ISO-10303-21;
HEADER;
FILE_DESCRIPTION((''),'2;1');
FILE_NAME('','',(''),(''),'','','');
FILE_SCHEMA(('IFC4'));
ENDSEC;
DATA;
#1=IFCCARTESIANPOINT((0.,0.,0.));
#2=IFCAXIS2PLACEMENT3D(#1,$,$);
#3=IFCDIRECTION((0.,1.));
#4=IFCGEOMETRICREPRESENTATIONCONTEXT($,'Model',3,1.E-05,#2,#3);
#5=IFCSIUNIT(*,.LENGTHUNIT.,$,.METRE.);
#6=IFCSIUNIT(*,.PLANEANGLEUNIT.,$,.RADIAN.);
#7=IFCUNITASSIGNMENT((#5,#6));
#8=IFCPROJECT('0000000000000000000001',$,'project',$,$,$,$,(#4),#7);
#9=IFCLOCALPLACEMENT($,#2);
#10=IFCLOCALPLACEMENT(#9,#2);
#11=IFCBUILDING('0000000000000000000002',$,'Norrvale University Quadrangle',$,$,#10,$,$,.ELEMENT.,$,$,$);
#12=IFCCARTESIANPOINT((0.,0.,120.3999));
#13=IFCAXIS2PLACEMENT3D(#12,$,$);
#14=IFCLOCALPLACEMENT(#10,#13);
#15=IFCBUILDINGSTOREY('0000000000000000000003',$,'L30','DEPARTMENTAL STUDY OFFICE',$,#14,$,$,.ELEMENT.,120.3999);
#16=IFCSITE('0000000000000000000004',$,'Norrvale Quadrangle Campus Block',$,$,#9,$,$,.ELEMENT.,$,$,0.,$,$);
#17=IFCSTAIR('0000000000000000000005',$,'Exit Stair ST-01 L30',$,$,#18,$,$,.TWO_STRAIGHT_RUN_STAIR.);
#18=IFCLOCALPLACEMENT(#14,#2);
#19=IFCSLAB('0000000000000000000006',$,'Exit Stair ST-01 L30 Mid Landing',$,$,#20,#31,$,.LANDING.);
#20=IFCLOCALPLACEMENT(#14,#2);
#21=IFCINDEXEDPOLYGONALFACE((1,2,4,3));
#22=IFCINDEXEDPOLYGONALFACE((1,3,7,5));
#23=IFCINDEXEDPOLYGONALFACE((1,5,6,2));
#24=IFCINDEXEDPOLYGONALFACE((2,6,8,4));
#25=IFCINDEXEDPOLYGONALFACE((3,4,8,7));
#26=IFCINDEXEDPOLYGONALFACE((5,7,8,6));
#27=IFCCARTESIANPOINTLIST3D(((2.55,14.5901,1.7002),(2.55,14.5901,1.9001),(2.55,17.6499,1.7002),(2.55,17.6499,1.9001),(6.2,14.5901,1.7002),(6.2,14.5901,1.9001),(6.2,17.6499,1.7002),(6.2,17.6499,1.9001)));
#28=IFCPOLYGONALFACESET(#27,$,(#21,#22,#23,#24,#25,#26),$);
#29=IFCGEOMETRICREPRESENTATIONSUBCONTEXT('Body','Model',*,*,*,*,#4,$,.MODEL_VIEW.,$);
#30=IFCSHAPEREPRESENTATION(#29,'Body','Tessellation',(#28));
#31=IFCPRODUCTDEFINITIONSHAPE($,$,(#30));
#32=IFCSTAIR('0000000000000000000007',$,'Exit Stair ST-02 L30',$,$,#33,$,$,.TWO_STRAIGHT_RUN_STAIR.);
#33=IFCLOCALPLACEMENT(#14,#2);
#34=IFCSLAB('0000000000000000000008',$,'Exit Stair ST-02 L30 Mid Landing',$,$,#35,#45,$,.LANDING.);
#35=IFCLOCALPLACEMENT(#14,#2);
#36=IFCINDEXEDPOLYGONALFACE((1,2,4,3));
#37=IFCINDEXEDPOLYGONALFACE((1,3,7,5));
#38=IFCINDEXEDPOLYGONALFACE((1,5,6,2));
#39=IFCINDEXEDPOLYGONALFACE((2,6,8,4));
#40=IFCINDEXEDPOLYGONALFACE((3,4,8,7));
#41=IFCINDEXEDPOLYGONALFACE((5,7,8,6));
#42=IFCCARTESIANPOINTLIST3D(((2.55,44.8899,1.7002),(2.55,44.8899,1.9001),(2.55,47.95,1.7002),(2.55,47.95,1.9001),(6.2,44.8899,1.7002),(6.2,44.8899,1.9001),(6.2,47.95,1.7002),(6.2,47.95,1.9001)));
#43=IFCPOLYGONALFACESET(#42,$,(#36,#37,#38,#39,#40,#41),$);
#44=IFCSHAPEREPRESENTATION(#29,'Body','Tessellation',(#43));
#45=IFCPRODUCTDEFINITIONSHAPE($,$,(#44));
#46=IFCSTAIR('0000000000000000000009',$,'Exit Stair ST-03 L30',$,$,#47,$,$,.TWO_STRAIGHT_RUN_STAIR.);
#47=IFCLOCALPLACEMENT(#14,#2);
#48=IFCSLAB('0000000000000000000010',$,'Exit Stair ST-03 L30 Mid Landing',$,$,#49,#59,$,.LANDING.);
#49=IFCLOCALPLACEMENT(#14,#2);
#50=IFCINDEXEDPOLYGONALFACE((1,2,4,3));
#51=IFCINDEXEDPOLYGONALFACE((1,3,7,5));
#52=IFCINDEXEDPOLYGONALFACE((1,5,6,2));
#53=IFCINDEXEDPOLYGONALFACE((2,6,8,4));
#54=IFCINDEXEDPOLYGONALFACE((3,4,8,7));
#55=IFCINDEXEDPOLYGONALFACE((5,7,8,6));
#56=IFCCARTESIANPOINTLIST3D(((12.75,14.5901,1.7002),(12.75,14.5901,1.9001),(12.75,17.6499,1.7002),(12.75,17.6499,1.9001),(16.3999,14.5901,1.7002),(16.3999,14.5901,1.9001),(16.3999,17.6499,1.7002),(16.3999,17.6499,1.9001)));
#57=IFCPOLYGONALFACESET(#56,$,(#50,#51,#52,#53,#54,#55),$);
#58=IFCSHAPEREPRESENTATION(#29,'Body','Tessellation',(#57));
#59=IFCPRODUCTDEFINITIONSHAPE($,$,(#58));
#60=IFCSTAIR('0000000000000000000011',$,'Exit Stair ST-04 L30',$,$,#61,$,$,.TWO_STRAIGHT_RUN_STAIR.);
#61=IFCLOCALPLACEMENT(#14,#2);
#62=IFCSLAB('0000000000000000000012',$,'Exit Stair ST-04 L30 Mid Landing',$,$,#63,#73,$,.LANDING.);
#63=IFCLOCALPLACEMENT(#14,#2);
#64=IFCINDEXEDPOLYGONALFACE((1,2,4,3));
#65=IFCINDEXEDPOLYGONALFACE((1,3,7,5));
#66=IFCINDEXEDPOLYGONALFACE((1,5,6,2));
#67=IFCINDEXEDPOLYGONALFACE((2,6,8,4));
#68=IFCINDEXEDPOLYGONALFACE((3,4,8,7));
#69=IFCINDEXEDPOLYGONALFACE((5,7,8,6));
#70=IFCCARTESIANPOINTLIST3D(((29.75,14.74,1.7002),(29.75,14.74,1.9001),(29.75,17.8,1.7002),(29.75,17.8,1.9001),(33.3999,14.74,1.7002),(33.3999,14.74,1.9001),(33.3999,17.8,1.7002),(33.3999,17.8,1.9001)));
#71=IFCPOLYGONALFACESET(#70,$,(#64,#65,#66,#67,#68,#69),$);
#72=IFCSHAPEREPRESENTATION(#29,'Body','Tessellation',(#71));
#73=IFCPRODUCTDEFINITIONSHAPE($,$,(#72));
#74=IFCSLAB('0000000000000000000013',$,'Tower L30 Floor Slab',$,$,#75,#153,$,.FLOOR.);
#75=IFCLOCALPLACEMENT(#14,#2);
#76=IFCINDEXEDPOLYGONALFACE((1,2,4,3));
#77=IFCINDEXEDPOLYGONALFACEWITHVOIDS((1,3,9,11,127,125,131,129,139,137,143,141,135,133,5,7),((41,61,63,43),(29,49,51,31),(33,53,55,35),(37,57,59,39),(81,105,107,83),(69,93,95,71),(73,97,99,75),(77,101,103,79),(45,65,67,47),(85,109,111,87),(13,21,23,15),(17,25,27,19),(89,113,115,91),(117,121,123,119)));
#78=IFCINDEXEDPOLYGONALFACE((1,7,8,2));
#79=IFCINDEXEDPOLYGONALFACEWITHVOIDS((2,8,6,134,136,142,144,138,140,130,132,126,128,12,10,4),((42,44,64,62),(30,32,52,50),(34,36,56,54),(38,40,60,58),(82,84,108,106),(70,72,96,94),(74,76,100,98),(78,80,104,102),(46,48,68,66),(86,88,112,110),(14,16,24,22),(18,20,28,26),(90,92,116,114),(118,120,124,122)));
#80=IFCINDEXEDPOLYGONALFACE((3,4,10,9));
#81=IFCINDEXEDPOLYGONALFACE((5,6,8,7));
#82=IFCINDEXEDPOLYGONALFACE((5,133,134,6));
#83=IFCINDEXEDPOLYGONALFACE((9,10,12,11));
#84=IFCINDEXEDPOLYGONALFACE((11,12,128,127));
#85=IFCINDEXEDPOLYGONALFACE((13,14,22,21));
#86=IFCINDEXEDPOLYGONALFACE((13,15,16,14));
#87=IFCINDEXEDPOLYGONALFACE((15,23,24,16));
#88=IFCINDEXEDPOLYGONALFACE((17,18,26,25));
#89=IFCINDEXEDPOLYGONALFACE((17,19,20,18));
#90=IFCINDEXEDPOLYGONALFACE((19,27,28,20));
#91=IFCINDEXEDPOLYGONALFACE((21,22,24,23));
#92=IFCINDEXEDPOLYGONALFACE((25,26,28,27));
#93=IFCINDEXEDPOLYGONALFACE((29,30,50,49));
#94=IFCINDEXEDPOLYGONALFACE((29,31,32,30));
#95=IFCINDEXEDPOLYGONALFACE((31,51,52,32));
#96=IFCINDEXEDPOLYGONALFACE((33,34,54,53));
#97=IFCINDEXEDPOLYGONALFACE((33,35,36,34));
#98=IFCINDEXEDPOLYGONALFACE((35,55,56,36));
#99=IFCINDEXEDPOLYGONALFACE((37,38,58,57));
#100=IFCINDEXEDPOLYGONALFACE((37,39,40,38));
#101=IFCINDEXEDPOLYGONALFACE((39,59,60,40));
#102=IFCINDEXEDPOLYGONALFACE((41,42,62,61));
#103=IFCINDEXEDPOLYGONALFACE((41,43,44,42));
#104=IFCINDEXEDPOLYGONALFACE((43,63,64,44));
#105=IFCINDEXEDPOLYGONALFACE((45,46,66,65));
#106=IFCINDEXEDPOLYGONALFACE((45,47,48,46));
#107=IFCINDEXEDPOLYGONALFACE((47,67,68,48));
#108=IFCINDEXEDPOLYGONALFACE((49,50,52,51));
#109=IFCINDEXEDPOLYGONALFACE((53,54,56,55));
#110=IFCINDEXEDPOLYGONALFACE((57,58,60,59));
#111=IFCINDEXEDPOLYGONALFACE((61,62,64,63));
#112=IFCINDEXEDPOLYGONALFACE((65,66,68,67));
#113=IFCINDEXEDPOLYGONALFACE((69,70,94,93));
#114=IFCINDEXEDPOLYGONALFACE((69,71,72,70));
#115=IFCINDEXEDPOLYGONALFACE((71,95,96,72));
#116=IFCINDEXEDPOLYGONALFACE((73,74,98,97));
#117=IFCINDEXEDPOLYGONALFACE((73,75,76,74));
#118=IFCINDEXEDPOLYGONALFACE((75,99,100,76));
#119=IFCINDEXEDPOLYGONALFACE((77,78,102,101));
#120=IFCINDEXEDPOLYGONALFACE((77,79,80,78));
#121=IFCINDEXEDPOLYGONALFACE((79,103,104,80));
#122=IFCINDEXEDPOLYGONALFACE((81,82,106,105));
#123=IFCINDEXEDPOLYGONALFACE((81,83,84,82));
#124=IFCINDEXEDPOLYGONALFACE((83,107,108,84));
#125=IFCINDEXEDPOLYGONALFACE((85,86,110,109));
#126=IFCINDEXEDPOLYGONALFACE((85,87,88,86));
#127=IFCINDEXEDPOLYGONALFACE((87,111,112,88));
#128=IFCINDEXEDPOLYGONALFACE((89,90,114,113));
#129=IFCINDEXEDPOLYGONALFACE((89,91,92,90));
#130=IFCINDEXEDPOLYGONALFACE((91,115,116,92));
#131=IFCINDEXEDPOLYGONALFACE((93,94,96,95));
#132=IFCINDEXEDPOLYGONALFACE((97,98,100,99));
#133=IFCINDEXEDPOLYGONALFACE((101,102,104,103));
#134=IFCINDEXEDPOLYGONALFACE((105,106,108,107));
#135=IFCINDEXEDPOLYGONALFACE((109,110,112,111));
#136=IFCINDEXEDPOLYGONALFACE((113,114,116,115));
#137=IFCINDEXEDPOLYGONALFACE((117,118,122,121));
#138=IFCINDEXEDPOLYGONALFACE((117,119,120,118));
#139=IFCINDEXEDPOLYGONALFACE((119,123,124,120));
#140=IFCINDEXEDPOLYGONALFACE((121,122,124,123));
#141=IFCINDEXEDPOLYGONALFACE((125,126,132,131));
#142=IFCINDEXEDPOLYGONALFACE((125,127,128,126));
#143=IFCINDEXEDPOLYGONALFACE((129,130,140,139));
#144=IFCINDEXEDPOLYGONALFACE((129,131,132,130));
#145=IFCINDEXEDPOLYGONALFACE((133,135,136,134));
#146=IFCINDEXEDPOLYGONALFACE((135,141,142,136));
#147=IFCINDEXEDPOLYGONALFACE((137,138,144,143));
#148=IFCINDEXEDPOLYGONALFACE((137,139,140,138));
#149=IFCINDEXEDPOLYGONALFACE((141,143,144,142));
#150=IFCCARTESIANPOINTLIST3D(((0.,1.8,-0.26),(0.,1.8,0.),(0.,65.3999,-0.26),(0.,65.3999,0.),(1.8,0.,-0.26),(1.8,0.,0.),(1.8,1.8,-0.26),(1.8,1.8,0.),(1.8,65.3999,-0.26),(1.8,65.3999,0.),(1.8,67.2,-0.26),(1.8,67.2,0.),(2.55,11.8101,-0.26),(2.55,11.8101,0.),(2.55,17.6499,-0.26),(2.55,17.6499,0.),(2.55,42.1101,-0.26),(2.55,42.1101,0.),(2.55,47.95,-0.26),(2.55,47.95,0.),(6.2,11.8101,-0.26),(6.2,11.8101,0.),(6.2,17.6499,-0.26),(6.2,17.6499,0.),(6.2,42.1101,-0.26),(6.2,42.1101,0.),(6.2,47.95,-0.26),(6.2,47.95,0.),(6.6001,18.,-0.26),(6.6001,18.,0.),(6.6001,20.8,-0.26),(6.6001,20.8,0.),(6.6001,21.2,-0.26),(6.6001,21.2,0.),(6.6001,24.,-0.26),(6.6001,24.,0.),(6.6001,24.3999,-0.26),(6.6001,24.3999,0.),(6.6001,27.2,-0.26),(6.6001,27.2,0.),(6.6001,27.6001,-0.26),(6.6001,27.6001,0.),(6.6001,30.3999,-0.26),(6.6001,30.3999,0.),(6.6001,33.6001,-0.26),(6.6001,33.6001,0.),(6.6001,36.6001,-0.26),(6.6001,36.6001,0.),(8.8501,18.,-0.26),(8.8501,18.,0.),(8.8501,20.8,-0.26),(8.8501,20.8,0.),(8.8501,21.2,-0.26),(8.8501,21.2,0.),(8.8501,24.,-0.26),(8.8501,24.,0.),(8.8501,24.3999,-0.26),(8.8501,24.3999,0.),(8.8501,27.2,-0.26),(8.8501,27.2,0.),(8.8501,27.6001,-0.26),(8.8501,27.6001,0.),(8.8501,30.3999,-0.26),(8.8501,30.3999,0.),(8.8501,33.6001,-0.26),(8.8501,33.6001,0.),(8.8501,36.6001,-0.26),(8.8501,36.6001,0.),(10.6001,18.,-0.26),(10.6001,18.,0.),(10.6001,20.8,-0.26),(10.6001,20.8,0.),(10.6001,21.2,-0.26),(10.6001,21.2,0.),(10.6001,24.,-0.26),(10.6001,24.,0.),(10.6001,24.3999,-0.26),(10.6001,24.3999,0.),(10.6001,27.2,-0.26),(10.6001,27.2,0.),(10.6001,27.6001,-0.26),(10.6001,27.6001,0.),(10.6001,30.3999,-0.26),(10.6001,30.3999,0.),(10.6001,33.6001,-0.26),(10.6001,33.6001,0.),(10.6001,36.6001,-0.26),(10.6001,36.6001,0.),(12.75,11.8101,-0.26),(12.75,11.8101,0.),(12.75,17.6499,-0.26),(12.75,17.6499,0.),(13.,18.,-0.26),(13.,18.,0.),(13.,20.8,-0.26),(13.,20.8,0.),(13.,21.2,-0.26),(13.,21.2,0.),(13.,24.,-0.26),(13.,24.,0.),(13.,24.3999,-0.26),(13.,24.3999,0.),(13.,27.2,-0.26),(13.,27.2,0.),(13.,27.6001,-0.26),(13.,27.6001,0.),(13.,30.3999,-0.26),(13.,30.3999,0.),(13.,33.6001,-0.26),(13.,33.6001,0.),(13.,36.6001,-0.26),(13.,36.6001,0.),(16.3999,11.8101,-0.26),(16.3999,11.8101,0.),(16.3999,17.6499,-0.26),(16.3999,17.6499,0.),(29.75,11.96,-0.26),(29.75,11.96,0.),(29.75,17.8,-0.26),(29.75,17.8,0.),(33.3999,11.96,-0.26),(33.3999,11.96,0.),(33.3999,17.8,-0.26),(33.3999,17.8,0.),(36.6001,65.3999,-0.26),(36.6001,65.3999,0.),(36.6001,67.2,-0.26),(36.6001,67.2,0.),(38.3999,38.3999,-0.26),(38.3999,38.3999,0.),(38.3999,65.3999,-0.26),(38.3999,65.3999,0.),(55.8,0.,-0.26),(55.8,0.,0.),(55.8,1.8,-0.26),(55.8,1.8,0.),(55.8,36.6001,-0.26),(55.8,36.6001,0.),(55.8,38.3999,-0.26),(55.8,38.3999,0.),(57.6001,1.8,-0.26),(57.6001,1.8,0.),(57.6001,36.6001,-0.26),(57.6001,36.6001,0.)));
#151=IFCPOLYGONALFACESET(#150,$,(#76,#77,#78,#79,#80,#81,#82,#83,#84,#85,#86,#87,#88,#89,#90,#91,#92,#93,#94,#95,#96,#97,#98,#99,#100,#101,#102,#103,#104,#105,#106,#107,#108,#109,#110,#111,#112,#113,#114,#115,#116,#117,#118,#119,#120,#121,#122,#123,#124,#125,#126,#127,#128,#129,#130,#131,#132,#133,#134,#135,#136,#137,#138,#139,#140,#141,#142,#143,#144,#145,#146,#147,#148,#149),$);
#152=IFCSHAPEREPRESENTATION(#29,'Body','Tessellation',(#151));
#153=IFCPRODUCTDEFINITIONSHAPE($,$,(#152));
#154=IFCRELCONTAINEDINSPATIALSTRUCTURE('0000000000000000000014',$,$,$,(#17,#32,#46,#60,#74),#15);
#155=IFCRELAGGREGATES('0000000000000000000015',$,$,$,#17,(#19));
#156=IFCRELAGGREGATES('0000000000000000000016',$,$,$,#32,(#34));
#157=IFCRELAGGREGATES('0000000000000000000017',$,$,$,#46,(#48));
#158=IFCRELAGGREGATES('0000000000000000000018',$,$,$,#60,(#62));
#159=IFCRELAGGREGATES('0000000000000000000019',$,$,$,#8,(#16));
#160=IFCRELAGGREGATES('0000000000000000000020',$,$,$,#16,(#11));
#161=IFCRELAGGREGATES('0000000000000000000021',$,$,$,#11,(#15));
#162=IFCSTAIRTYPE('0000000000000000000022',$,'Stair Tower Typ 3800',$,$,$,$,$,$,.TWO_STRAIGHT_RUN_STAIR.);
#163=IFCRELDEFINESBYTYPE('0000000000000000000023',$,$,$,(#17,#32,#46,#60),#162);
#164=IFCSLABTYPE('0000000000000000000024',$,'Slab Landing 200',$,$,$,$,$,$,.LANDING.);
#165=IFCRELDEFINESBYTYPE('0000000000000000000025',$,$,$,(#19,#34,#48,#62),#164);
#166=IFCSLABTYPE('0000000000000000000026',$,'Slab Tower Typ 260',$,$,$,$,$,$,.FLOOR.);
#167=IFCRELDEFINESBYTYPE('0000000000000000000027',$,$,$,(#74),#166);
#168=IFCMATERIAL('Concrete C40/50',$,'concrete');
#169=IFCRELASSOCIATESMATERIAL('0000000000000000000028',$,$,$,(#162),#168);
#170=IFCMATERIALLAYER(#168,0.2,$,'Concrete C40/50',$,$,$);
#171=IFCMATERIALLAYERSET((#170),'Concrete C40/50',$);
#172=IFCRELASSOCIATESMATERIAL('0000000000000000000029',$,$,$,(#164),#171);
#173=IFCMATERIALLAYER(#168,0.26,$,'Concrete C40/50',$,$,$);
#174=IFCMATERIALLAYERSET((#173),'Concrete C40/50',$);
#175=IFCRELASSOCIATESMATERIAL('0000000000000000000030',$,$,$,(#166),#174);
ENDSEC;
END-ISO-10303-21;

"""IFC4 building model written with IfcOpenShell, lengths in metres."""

from ifc_helpers import new_model, si_unit, direction, frame, origin, place, context, subcontext, project, spatial, polyline, outline, extrude, material, layer, layer_set, type_object, element, aggregate, save


model = new_model("IFC4")

# Units and contexts
model_context = context("Model", 3, precision=1e-05, world=origin(), true_north=direction((0.0, 1.0)))
body_context = subcontext(model_context, "Body", "Model", "MODEL_VIEW")
ifc_project = project(units=[si_unit("LENGTHUNIT", "METRE"), si_unit("PLANEANGLEUNIT", "RADIAN")], contexts=[model_context])

# Site, building, storey
site_placement = place(None, origin())
site = spatial("IfcSite", under=ifc_project, at=site_placement, Name="Norrvale Quadrangle Campus Block", CompositionType="ELEMENT", RefElevation=0.0)
building_placement = place(site_placement, origin())
building = spatial("IfcBuilding", under=site, at=building_placement, Name="Norrvale University Quadrangle", CompositionType="ELEMENT")
storey_placement = place(building_placement, frame((0.0, 0.0, 120.3999)))
storey = spatial("IfcBuildingStorey", under=building, at=storey_placement, Name="L30", Description="DEPARTMENTAL STUDY OFFICE", CompositionType="ELEMENT", Elevation=120.3999)

# Stairs, slabs
ifc_material_1 = material(Name="Concrete C40/50", Category="concrete")
stair_type = type_object("IfcStairType", Name="Stair Tower Typ 3800", PredefinedType="TWO_STRAIGHT_RUN_STAIR", material=ifc_material_1)
stair_1_placement = place(storey_placement, origin())
stair_1 = element("IfcStair", 1, at=stair_1_placement, inside=storey, type_object=stair_type, Name="Exit Stair ST-01 L30", PredefinedType="TWO_STRAIGHT_RUN_STAIR")
ifc_layer_1 = layer(ifc_material_1, 0.2, Name="Concrete C40/50")
ifc_layer_set_1 = layer_set([ifc_layer_1], Name="Concrete C40/50")
slab_type_1 = type_object("IfcSlabType", Name="Slab Landing 200", PredefinedType="LANDING", material=ifc_layer_set_1)
slab_1_placement = place(storey_placement, frame((0.0, 0.0, 1.7002)))
slab_1 = element("IfcSlab", 2, at=slab_1_placement, type_object=slab_type_1, Name="Exit Stair ST-01 L30 Mid Landing", PredefinedType="LANDING", context=body_context, shape_type="SweptSolid", body=[
    extrude(outline(polyline([(2.55, 14.5901), (6.2, 14.5901), (6.2, 17.6499), (2.55, 17.6499), (2.55, 14.5901)])), origin(), (0.0, 0.0, 1.0), 0.2),
])
aggregate(stair_1, [slab_1])
stair_2_placement = place(storey_placement, origin())
stair_2 = element("IfcStair", 3, at=stair_2_placement, inside=storey, type_object=stair_type, Name="Exit Stair ST-02 L30", PredefinedType="TWO_STRAIGHT_RUN_STAIR")
slab_2_placement = place(storey_placement, frame((0.0, 0.0, 1.7002)))
slab_2 = element("IfcSlab", 4, at=slab_2_placement, type_object=slab_type_1, Name="Exit Stair ST-02 L30 Mid Landing", PredefinedType="LANDING", context=body_context, shape_type="SweptSolid", body=[
    extrude(outline(polyline([(2.55, 44.8899), (6.2, 44.8899), (6.2, 47.95), (2.55, 47.95), (2.55, 44.8899)])), origin(), (0.0, 0.0, 1.0), 0.2),
])
aggregate(stair_2, [slab_2])
stair_3_placement = place(storey_placement, origin())
stair_3 = element("IfcStair", 5, at=stair_3_placement, inside=storey, type_object=stair_type, Name="Exit Stair ST-03 L30", PredefinedType="TWO_STRAIGHT_RUN_STAIR")
slab_3_placement = place(storey_placement, frame((0.0, 0.0, 1.7002)))
slab_3 = element("IfcSlab", 6, at=slab_3_placement, type_object=slab_type_1, Name="Exit Stair ST-03 L30 Mid Landing", PredefinedType="LANDING", context=body_context, shape_type="SweptSolid", body=[
    extrude(outline(polyline([(12.75, 14.5901), (16.3999, 14.5901), (16.3999, 17.6499), (12.75, 17.6499), (12.75, 14.5901)])), origin(), (0.0, 0.0, 1.0), 0.2),
])
aggregate(stair_3, [slab_3])
stair_4_placement = place(storey_placement, origin())
stair_4 = element("IfcStair", 7, at=stair_4_placement, inside=storey, type_object=stair_type, Name="Exit Stair ST-04 L30", PredefinedType="TWO_STRAIGHT_RUN_STAIR")
slab_4_placement = place(storey_placement, frame((0.0, 0.0, 1.7002)))
slab_4 = element("IfcSlab", 8, at=slab_4_placement, type_object=slab_type_1, Name="Exit Stair ST-04 L30 Mid Landing", PredefinedType="LANDING", context=body_context, shape_type="SweptSolid", body=[
    extrude(outline(polyline([(29.75, 14.74), (33.3999, 14.74), (33.3999, 17.8), (29.75, 17.8), (29.75, 14.74)])), origin(), (0.0, 0.0, 1.0), 0.2),
])
aggregate(stair_4, [slab_4])

# Slab
ifc_layer_2 = layer(ifc_material_1, 0.26, Name="Concrete C40/50")
ifc_layer_set_2 = layer_set([ifc_layer_2], Name="Concrete C40/50")
slab_type_2 = type_object("IfcSlabType", Name="Slab Tower Typ 260", PredefinedType="FLOOR", material=ifc_layer_set_2)
slab_5_placement = place(storey_placement, frame((0.0, 0.0, -0.26)))
element("IfcSlab", 9, at=slab_5_placement, inside=storey, type_object=slab_type_2, Name="Tower L30 Floor Slab", PredefinedType="FLOOR", context=body_context, shape_type="SweptSolid", body=[
    extrude(outline(polyline([(1.8, 0.0), (55.8, 0.0), (55.8, 1.8), (57.6001, 1.8), (57.6001, 36.6001), (55.8, 36.6001), (55.8, 38.3999), (38.3999, 38.3999), (38.3999, 65.3999), (36.6001, 65.3999), (36.6001, 67.2), (1.8, 67.2), (1.8, 65.3999), (0.0, 65.3999), (0.0, 1.8), (1.8, 1.8), (1.8, 0.0)]), holes=[polyline([(2.55, 11.8101), (6.2, 11.8101), (6.2, 17.6499), (2.55, 17.6499), (2.55, 11.8101)]), polyline([(2.55, 42.1101), (6.2, 42.1101), (6.2, 47.95), (2.55, 47.95), (2.55, 42.1101)]), polyline([(12.75, 11.8101), (16.3999, 11.8101), (16.3999, 17.6499), (12.75, 17.6499), (12.75, 11.8101)]), polyline([(29.75, 11.96), (33.3999, 11.96), (33.3999, 17.8), (29.75, 17.8), (29.75, 11.96)]), polyline([(6.6001, 18.0), (8.8501, 18.0), (8.8501, 20.8), (6.6001, 20.8), (6.6001, 18.0)]), polyline([(6.6001, 21.2), (8.8501, 21.2), (8.8501, 24.0), (6.6001, 24.0), (6.6001, 21.2)]), polyline([(6.6001, 24.3999), (8.8501, 24.3999), (8.8501, 27.2), (6.6001, 27.2), (6.6001, 24.3999)]), polyline([(6.6001, 27.6001), (8.8501, 27.6001), (8.8501, 30.3999), (6.6001, 30.3999), (6.6001, 27.6001)]), polyline([(10.6001, 18.0), (13.0, 18.0), (13.0, 20.8), (10.6001, 20.8), (10.6001, 18.0)]), polyline([(10.6001, 21.2), (13.0, 21.2), (13.0, 24.0), (10.6001, 24.0), (10.6001, 21.2)]), polyline([(10.6001, 24.3999), (13.0, 24.3999), (13.0, 27.2), (10.6001, 27.2), (10.6001, 24.3999)]), polyline([(10.6001, 27.6001), (13.0, 27.6001), (13.0, 30.3999), (10.6001, 30.3999), (10.6001, 27.6001)]), polyline([(6.6001, 33.6001), (8.8501, 33.6001), (8.8501, 36.6001), (6.6001, 36.6001), (6.6001, 33.6001)]), polyline([(10.6001, 33.6001), (13.0, 33.6001), (13.0, 36.6001), (10.6001, 36.6001), (10.6001, 33.6001)])]), origin(), (0.0, 0.0, 1.0), 0.26),
])

save(model, "model.ifc")
